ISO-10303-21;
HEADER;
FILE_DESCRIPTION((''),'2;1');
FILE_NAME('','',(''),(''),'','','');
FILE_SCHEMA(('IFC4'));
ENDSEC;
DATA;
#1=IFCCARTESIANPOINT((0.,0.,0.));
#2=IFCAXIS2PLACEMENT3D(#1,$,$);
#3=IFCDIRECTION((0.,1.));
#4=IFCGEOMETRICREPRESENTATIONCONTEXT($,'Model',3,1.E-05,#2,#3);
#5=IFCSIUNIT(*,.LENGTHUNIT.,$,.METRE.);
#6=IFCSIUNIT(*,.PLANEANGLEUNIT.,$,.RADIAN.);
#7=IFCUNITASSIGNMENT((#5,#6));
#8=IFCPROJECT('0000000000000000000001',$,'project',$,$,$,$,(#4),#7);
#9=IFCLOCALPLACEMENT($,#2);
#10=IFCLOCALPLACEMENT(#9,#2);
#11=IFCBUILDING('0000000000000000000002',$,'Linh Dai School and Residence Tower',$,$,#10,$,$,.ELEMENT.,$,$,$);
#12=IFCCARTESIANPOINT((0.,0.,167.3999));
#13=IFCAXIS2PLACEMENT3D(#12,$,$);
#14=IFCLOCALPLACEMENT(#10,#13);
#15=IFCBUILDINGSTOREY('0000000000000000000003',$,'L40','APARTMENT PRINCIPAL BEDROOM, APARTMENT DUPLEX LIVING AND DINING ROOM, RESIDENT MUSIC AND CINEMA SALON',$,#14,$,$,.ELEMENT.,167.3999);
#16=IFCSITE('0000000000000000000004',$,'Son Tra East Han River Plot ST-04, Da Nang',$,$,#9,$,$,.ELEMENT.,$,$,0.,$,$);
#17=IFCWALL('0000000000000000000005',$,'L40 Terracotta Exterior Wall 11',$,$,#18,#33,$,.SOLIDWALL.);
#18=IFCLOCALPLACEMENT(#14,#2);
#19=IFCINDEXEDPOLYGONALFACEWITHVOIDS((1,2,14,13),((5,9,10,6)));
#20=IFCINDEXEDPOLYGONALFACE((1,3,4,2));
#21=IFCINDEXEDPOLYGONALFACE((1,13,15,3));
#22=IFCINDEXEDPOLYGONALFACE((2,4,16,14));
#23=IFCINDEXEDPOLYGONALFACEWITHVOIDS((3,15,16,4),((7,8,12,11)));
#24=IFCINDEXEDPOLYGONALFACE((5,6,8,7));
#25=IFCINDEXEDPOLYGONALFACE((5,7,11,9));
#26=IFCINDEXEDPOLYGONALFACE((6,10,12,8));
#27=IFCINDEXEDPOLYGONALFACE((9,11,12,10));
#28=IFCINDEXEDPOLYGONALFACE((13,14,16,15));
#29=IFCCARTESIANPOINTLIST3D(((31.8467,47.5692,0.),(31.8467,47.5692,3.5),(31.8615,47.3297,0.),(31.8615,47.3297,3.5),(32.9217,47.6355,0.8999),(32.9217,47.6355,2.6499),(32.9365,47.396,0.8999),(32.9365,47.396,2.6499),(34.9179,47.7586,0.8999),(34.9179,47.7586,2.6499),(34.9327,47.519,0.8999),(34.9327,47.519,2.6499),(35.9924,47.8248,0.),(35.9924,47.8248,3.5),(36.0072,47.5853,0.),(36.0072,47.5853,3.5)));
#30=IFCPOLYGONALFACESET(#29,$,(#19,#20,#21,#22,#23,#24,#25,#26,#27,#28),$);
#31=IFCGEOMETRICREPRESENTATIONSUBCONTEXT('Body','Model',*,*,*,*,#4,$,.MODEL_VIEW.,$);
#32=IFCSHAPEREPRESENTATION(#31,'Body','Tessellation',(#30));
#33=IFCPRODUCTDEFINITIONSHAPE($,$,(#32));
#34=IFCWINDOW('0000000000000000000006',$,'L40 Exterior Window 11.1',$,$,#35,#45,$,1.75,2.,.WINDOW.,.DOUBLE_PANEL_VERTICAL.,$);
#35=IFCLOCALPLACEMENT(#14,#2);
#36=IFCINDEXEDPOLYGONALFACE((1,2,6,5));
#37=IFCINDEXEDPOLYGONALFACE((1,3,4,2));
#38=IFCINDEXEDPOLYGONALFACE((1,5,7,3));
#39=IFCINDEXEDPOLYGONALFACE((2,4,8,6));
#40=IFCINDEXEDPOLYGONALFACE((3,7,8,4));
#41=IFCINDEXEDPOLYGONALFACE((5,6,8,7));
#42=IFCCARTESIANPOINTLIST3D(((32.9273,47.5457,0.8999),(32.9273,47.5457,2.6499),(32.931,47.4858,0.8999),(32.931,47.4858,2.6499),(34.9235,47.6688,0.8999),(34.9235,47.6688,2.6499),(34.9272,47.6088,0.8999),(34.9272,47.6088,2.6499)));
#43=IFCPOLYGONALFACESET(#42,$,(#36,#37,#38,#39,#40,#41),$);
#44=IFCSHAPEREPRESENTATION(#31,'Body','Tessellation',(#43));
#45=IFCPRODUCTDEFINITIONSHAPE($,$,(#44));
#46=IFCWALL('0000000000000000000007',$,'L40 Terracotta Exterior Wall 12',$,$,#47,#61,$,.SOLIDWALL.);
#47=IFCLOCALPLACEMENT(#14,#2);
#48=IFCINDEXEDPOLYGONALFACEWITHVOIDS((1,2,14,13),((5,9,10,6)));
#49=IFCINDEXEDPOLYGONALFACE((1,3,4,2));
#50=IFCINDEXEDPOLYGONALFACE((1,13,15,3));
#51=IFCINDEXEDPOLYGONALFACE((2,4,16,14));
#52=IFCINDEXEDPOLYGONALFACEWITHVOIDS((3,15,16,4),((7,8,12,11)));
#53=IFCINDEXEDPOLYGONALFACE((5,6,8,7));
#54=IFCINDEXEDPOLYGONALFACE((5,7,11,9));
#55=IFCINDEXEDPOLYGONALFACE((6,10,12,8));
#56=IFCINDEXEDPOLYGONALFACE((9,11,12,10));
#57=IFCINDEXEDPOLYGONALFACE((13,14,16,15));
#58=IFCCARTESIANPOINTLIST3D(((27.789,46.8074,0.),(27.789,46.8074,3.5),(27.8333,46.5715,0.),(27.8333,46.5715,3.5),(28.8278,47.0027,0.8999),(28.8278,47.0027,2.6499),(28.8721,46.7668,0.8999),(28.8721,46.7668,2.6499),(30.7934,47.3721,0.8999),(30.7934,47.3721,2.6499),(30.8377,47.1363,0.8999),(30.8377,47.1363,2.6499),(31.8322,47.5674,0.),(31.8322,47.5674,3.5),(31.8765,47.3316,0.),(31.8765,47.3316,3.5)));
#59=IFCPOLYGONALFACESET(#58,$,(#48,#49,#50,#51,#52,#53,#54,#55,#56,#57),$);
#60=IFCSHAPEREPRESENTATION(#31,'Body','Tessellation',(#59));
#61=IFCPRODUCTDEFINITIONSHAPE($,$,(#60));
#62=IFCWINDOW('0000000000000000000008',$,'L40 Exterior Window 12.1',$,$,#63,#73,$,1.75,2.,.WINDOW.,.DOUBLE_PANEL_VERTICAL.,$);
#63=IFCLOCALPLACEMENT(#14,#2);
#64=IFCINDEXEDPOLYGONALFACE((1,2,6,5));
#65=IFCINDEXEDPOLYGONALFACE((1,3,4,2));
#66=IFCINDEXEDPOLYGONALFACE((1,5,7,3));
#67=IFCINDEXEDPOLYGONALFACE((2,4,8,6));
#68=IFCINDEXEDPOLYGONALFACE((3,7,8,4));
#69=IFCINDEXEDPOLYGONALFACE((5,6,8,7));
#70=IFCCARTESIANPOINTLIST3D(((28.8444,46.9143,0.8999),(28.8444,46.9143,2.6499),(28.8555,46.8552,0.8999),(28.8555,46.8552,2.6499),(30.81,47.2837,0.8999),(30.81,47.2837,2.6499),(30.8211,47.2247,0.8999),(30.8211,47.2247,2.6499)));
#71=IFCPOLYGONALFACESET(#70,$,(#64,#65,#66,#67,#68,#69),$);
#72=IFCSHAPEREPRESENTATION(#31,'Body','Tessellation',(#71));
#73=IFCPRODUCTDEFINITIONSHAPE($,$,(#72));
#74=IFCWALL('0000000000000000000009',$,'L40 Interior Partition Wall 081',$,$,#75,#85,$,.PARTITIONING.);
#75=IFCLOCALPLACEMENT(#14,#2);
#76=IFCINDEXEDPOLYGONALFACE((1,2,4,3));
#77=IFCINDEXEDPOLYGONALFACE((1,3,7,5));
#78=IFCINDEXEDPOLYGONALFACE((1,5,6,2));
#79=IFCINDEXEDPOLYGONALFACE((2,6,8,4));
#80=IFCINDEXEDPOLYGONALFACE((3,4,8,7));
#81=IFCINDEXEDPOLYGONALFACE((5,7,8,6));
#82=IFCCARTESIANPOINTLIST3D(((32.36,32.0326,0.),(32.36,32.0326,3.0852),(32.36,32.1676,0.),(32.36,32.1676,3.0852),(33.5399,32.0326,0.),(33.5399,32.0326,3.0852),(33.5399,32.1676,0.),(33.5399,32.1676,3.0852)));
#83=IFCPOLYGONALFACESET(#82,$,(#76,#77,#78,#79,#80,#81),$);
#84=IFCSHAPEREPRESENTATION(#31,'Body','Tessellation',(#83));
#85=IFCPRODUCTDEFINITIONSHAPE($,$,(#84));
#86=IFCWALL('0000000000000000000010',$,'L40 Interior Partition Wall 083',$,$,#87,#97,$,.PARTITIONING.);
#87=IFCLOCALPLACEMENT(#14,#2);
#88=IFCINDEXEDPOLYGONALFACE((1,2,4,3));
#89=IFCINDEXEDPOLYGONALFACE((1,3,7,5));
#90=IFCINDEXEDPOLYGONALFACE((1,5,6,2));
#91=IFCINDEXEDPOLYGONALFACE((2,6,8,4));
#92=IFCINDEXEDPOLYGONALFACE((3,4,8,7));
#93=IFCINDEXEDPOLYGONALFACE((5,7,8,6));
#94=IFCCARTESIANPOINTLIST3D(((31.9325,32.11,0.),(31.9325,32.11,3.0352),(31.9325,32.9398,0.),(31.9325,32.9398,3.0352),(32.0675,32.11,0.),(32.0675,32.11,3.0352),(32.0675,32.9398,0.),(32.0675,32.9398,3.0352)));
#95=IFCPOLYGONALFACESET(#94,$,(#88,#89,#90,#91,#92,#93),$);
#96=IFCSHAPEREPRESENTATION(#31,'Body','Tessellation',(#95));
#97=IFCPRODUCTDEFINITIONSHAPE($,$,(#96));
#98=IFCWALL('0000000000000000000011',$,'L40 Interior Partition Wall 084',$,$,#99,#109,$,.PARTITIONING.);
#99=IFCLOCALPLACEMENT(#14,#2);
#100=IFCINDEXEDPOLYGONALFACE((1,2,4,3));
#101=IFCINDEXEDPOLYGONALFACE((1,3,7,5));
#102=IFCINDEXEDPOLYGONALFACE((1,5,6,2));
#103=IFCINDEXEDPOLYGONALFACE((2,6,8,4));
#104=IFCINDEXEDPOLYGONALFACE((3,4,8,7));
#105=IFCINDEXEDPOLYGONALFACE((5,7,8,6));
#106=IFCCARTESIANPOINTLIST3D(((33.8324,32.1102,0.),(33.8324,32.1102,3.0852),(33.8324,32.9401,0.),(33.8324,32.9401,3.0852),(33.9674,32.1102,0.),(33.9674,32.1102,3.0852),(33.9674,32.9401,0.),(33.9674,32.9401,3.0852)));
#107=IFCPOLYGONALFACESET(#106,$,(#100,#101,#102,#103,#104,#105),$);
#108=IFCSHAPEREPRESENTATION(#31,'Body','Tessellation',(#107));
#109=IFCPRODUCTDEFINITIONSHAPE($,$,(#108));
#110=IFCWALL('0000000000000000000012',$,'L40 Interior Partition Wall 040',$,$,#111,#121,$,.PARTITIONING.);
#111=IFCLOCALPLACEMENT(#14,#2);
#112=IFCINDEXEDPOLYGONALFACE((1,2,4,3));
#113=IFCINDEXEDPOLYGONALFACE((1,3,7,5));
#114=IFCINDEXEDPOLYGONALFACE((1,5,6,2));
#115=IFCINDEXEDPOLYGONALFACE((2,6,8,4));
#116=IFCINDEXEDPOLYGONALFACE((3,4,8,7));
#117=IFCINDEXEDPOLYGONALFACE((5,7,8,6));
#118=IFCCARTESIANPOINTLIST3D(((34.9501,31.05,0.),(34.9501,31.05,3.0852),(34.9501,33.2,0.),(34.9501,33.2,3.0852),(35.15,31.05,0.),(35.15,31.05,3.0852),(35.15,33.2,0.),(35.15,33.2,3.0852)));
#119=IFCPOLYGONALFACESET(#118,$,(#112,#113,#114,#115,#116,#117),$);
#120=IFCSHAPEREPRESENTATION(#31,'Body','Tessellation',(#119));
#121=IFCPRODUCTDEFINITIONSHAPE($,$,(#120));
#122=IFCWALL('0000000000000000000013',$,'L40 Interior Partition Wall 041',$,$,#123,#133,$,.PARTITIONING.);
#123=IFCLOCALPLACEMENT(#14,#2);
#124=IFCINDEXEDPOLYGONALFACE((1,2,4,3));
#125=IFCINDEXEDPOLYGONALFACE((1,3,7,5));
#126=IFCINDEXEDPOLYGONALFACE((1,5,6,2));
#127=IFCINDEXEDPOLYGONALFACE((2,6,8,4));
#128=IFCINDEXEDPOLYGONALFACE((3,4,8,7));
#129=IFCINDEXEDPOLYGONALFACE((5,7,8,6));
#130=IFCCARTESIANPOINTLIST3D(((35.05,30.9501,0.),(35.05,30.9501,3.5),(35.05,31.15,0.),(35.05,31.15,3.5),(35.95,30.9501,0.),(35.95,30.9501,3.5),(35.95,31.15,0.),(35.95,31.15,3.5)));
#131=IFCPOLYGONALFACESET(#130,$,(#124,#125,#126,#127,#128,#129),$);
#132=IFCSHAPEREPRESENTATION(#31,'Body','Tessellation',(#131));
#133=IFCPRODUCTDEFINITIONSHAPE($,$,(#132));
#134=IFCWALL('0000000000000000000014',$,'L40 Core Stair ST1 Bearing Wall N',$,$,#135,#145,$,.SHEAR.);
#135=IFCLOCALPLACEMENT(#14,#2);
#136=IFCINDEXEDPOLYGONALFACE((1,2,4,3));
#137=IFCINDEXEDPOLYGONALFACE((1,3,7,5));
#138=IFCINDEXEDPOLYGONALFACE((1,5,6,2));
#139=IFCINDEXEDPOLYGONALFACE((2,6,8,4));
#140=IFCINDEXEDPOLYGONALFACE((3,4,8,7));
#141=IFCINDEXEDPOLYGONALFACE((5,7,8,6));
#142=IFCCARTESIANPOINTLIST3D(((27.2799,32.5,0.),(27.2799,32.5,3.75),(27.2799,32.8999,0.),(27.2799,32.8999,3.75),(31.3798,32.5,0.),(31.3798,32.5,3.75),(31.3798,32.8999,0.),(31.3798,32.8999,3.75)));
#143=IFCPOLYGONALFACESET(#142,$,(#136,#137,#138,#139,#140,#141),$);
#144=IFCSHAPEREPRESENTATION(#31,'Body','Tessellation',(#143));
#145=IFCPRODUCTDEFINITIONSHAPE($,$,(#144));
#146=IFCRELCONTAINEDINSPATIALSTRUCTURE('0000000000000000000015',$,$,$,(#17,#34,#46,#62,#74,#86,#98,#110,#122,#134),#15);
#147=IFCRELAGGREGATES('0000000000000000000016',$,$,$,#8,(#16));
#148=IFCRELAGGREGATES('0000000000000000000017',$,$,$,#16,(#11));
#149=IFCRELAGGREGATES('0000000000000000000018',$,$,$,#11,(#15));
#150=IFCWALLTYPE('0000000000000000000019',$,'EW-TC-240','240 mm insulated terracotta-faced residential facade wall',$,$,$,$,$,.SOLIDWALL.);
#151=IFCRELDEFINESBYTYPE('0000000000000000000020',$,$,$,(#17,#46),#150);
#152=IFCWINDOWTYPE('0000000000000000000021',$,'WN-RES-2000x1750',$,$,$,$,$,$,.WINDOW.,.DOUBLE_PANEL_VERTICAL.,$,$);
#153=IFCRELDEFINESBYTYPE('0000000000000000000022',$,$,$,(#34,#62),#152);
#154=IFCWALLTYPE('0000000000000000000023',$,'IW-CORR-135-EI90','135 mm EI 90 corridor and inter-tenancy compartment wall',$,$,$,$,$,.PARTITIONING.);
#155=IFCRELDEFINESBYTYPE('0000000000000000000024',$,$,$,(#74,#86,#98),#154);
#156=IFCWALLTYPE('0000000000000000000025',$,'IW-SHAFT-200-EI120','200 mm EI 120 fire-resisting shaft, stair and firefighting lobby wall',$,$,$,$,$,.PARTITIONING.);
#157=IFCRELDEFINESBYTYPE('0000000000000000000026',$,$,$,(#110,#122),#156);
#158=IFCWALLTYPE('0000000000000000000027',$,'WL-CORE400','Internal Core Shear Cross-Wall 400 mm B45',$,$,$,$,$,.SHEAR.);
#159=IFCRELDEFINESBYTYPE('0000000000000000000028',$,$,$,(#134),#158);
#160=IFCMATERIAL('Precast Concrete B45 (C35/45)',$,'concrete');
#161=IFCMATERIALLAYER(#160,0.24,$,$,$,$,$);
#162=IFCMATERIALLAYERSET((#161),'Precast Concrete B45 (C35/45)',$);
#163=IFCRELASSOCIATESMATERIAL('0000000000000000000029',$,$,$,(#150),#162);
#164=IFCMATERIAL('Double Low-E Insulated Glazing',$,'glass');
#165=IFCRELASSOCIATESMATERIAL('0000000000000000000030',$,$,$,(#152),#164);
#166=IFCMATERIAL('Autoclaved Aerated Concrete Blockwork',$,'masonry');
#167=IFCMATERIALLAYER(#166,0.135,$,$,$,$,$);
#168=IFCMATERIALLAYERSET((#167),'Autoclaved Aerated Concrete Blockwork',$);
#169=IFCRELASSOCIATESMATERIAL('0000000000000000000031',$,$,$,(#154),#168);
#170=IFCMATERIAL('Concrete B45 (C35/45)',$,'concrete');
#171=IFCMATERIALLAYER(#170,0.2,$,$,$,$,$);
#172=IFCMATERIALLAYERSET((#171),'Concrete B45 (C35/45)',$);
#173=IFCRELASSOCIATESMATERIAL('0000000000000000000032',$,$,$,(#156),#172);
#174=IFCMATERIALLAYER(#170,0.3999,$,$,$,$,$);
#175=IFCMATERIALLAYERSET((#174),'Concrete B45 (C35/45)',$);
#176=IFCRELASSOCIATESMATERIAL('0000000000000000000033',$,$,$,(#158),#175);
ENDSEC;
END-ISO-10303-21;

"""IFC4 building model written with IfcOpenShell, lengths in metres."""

from ifc_helpers import new_model, si_unit, direction, frame, frame_2d, origin, origin_2d, place, context, subcontext, project, spatial, rectangle, extrude, source, transform, mapped, material, layer, layer_set, type_object, element, fill, save


model = new_model("IFC4")

# Units and contexts
model_context = context("Model", 3, precision=1e-05, world=origin(), true_north=direction((0.0, 1.0)))
body_context = subcontext(model_context, "Body", "Model", "MODEL_VIEW")
ifc_project = project(units=[si_unit("LENGTHUNIT", "METRE"), si_unit("PLANEANGLEUNIT", "RADIAN")], contexts=[model_context])

# Site, building, storey
site_placement = place(None, origin())
site = spatial("IfcSite", under=ifc_project, at=site_placement, Name="Son Tra East Han River Plot ST-04, Da Nang", CompositionType="ELEMENT", RefElevation=0.0)
building_placement = place(site_placement, origin())
building = spatial("IfcBuilding", under=site, at=building_placement, Name="Linh Dai School and Residence Tower", CompositionType="ELEMENT")
storey_placement = place(building_placement, frame((0.0, 0.0, 167.3999)))
storey = spatial("IfcBuildingStorey", under=building, at=storey_placement, Name="L40", Description="APARTMENT PRINCIPAL BEDROOM, APARTMENT DUPLEX LIVING AND DINING ROOM, RESIDENT MUSIC AND CINEMA SALON", CompositionType="ELEMENT", Elevation=167.3999)

# Walls, openings, windows
ifc_material_1 = material(Name="Precast Concrete B45 (C35/45)", Category="concrete")
ifc_layer_1 = layer(ifc_material_1, 0.24)
ifc_layer_set_1 = layer_set([ifc_layer_1], Name="Precast Concrete B45 (C35/45)")
wall_type_1 = type_object("IfcWallType", Name="EW-TC-240", Description="240 mm insulated terracotta-faced residential facade wall", PredefinedType="SOLIDWALL", material=ifc_layer_set_1)
wall_1_placement = place(storey_placement, frame((31.8542, 47.4495, 0.0), z_axis=(0.0, 0.0, 1.0), x_axis=(0.998105, 0.06154, 0.0)))
wall_1 = element("IfcWall", 1, at=wall_1_placement, inside=storey, type_object=wall_type_1, Name="L40 Terracotta Exterior Wall 11", PredefinedType="SOLIDWALL", context=body_context, shape_type="SweptSolid", body=[
    extrude(rectangle(XDim=4.1536, YDim=0.24, at=frame_2d((2.0767, 0.0))), origin(), (0.0, 0.0, 1.0), 3.5),
])
opening_1_placement = place(wall_1_placement, frame((1.0769, 0.0, 0.8999)))
opening_1 = element("IfcOpeningElement", 2, at=opening_1_placement, cuts=wall_1, PredefinedType="OPENING", context=body_context, shape_type="SweptSolid", body=[
    extrude(rectangle(XDim=2.0, YDim=1.75, at=origin_2d()), frame((1.0, 0.1299, 0.875), z_axis=(0.0, -1.0, 0.0), x_axis=(1.0, 0.0, 0.0)), (0.0, 0.0, 1.0), 0.26),
])
ifc_material_2 = material(Name="Double Low-E Insulated Glazing", Category="glass")
window_type = type_object("IfcWindowType", Name="WN-RES-2000x1750", PartitioningType="DOUBLE_PANEL_VERTICAL", PredefinedType="WINDOW", material=ifc_material_2)
shared_shape_1 = source(origin(), body_context, "Body", "SweptSolid", [
    extrude(rectangle(XDim=2.0, YDim=1.75, at=origin_2d()), frame((1.0, 0.03, 0.875), z_axis=(0.0, -1.0, 0.0), x_axis=(1.0, 0.0, 0.0)), (0.0, 0.0, 1.0), 0.0601),
])
window_1_placement = place(opening_1_placement, origin())
window_1 = element("IfcWindow", 3, at=window_1_placement, inside=storey, type_object=window_type, Name="L40 Exterior Window 11.1", OverallHeight=1.75, OverallWidth=2.0, PartitioningType="DOUBLE_PANEL_VERTICAL", PredefinedType="WINDOW", context=body_context, shape_type="MappedRepresentation", body=[
    mapped(shared_shape_1, transform((0.0, 0.0, 0.0), x_axis=(1.0, 0.0, 0.0), y_axis=(0.0, 1.0, 0.0), z_axis=(0.0, 0.0, 1.0), scale=1.0)),
])
fill(opening_1, window_1)
wall_2_placement = place(storey_placement, frame((27.811, 46.6895, 0.0), z_axis=(0.0, 0.0, 1.0), x_axis=(0.982788, 0.184736, 0.0)))
wall_2 = element("IfcWall", 4, at=wall_2_placement, inside=storey, type_object=wall_type_1, Name="L40 Terracotta Exterior Wall 12", PredefinedType="SOLIDWALL", context=body_context, shape_type="SweptSolid", body=[
    extrude(rectangle(XDim=4.114, YDim=0.24, at=frame_2d((2.0571, 0.0))), origin(), (0.0, 0.0, 1.0), 3.5),
])
opening_2_placement = place(wall_2_placement, frame((1.0571, 0.0, 0.8999)))
opening_2 = element("IfcOpeningElement", 5, at=opening_2_placement, cuts=wall_2, PredefinedType="OPENING", context=body_context, shape_type="SweptSolid", body=[
    extrude(rectangle(XDim=2.0, YDim=1.75, at=origin_2d()), frame((1.0, 0.1299, 0.875), z_axis=(0.0, -1.0, 0.0), x_axis=(1.0, 0.0, 0.0)), (0.0, 0.0, 1.0), 0.26),
])
window_2_placement = place(opening_2_placement, origin())
window_2 = element("IfcWindow", 6, at=window_2_placement, inside=storey, type_object=window_type, Name="L40 Exterior Window 12.1", OverallHeight=1.75, OverallWidth=2.0, PartitioningType="DOUBLE_PANEL_VERTICAL", PredefinedType="WINDOW", context=body_context, shape_type="MappedRepresentation", body=[
    mapped(shared_shape_1, transform((0.0, 0.0, 0.0), x_axis=(1.0, 0.0, 0.0), y_axis=(0.0, 1.0, 0.0), z_axis=(0.0, 0.0, 1.0), scale=1.0)),
])
fill(opening_2, window_2)

# Walls
ifc_material_3 = material(Name="Autoclaved Aerated Concrete Blockwork", Category="masonry")
ifc_layer_2 = layer(ifc_material_3, 0.135)
ifc_layer_set_2 = layer_set([ifc_layer_2], Name="Autoclaved Aerated Concrete Blockwork")
wall_type_2 = type_object("IfcWallType", Name="IW-CORR-135-EI90", Description="135 mm EI 90 corridor and inter-tenancy compartment wall", PredefinedType="PARTITIONING", material=ifc_layer_set_2)
wall_3_placement = place(storey_placement, frame((32.3601, 32.1001, 0.0), z_axis=(0.0, 0.0, 1.0), x_axis=(1.0, 0.0, 0.0)))
element("IfcWall", 7, at=wall_3_placement, inside=storey, type_object=wall_type_2, Name="L40 Interior Partition Wall 081", PredefinedType="PARTITIONING", context=body_context, shape_type="SweptSolid", body=[
    extrude(rectangle(XDim=1.1799, YDim=0.135, at=frame_2d((0.5898, 0.0))), origin(), (0.0, 0.0, 1.0), 3.0852),
])
wall_4_placement = place(storey_placement, frame((32.0, 32.9399, 0.0), z_axis=(0.0, 0.0, 1.0), x_axis=(0.0, -1.0, 0.0)))
element("IfcWall", 8, at=wall_4_placement, inside=storey, type_object=wall_type_2, Name="L40 Interior Partition Wall 083", PredefinedType="PARTITIONING", context=body_context, shape_type="SweptSolid", body=[
    extrude(rectangle(XDim=0.8298, YDim=0.135, at=frame_2d((0.415, 0.0))), origin(), (0.0, 0.0, 1.0), 3.0352),
])
wall_5_placement = place(storey_placement, frame((33.8999, 32.1101, 0.0), z_axis=(0.0, 0.0, 1.0), x_axis=(0.0, 1.0, 0.0)))
element("IfcWall", 9, at=wall_5_placement, inside=storey, type_object=wall_type_2, Name="L40 Interior Partition Wall 084", PredefinedType="PARTITIONING", context=body_context, shape_type="SweptSolid", body=[
    extrude(rectangle(XDim=0.8298, YDim=0.135, at=frame_2d((0.415, 0.0))), origin(), (0.0, 0.0, 1.0), 3.0852),
])
ifc_material_4 = material(Name="Concrete B45 (C35/45)", Category="concrete")
ifc_layer_3 = layer(ifc_material_4, 0.2)
ifc_layer_set_3 = layer_set([ifc_layer_3], Name="Concrete B45 (C35/45)")
wall_type_3 = type_object("IfcWallType", Name="IW-SHAFT-200-EI120", Description="200 mm EI 120 fire-resisting shaft, stair and firefighting lobby wall", PredefinedType="PARTITIONING", material=ifc_layer_set_3)
wall_6_placement = place(storey_placement, frame((35.05, 31.05, 0.0), z_axis=(0.0, 0.0, 1.0), x_axis=(0.0, 1.0, 0.0)))
element("IfcWall", 10, at=wall_6_placement, inside=storey, type_object=wall_type_3, Name="L40 Interior Partition Wall 040", PredefinedType="PARTITIONING", context=body_context, shape_type="SweptSolid", body=[
    extrude(rectangle(XDim=2.1499, YDim=0.2, at=frame_2d((1.075, 0.0))), origin(), (0.0, 0.0, 1.0), 3.0852),
])
wall_7_placement = place(storey_placement, frame((35.05, 31.05, 0.0), z_axis=(0.0, 0.0, 1.0), x_axis=(1.0, 0.0, 0.0)))
element("IfcWall", 11, at=wall_7_placement, inside=storey, type_object=wall_type_3, Name="L40 Interior Partition Wall 041", PredefinedType="PARTITIONING", context=body_context, shape_type="SweptSolid", body=[
    extrude(rectangle(XDim=0.8999, YDim=0.2, at=frame_2d((0.45, 0.0))), origin(), (0.0, 0.0, 1.0), 3.5),
])
ifc_layer_4 = layer(ifc_material_4, 0.3999)
ifc_layer_set_4 = layer_set([ifc_layer_4], Name="Concrete B45 (C35/45)")
wall_type_4 = type_object("IfcWallType", Name="WL-CORE400", Description="Internal Core Shear Cross-Wall 400 mm B45", PredefinedType="SHEAR", material=ifc_layer_set_4)
wall_8_placement = place(storey_placement, frame((27.28, 32.7, 0.0), z_axis=(0.0, 0.0, 1.0), x_axis=(1.0, 0.0, 0.0)))
element("IfcWall", 12, at=wall_8_placement, inside=storey, type_object=wall_type_4, Name="L40 Core Stair ST1 Bearing Wall N", PredefinedType="SHEAR", context=body_context, shape_type="SweptSolid", body=[
    extrude(rectangle(XDim=4.0999, YDim=0.3999, at=frame_2d((2.0498, 0.0))), origin(), (0.0, 0.0, 1.0), 3.75),
])

save(model, "model.ifc")
